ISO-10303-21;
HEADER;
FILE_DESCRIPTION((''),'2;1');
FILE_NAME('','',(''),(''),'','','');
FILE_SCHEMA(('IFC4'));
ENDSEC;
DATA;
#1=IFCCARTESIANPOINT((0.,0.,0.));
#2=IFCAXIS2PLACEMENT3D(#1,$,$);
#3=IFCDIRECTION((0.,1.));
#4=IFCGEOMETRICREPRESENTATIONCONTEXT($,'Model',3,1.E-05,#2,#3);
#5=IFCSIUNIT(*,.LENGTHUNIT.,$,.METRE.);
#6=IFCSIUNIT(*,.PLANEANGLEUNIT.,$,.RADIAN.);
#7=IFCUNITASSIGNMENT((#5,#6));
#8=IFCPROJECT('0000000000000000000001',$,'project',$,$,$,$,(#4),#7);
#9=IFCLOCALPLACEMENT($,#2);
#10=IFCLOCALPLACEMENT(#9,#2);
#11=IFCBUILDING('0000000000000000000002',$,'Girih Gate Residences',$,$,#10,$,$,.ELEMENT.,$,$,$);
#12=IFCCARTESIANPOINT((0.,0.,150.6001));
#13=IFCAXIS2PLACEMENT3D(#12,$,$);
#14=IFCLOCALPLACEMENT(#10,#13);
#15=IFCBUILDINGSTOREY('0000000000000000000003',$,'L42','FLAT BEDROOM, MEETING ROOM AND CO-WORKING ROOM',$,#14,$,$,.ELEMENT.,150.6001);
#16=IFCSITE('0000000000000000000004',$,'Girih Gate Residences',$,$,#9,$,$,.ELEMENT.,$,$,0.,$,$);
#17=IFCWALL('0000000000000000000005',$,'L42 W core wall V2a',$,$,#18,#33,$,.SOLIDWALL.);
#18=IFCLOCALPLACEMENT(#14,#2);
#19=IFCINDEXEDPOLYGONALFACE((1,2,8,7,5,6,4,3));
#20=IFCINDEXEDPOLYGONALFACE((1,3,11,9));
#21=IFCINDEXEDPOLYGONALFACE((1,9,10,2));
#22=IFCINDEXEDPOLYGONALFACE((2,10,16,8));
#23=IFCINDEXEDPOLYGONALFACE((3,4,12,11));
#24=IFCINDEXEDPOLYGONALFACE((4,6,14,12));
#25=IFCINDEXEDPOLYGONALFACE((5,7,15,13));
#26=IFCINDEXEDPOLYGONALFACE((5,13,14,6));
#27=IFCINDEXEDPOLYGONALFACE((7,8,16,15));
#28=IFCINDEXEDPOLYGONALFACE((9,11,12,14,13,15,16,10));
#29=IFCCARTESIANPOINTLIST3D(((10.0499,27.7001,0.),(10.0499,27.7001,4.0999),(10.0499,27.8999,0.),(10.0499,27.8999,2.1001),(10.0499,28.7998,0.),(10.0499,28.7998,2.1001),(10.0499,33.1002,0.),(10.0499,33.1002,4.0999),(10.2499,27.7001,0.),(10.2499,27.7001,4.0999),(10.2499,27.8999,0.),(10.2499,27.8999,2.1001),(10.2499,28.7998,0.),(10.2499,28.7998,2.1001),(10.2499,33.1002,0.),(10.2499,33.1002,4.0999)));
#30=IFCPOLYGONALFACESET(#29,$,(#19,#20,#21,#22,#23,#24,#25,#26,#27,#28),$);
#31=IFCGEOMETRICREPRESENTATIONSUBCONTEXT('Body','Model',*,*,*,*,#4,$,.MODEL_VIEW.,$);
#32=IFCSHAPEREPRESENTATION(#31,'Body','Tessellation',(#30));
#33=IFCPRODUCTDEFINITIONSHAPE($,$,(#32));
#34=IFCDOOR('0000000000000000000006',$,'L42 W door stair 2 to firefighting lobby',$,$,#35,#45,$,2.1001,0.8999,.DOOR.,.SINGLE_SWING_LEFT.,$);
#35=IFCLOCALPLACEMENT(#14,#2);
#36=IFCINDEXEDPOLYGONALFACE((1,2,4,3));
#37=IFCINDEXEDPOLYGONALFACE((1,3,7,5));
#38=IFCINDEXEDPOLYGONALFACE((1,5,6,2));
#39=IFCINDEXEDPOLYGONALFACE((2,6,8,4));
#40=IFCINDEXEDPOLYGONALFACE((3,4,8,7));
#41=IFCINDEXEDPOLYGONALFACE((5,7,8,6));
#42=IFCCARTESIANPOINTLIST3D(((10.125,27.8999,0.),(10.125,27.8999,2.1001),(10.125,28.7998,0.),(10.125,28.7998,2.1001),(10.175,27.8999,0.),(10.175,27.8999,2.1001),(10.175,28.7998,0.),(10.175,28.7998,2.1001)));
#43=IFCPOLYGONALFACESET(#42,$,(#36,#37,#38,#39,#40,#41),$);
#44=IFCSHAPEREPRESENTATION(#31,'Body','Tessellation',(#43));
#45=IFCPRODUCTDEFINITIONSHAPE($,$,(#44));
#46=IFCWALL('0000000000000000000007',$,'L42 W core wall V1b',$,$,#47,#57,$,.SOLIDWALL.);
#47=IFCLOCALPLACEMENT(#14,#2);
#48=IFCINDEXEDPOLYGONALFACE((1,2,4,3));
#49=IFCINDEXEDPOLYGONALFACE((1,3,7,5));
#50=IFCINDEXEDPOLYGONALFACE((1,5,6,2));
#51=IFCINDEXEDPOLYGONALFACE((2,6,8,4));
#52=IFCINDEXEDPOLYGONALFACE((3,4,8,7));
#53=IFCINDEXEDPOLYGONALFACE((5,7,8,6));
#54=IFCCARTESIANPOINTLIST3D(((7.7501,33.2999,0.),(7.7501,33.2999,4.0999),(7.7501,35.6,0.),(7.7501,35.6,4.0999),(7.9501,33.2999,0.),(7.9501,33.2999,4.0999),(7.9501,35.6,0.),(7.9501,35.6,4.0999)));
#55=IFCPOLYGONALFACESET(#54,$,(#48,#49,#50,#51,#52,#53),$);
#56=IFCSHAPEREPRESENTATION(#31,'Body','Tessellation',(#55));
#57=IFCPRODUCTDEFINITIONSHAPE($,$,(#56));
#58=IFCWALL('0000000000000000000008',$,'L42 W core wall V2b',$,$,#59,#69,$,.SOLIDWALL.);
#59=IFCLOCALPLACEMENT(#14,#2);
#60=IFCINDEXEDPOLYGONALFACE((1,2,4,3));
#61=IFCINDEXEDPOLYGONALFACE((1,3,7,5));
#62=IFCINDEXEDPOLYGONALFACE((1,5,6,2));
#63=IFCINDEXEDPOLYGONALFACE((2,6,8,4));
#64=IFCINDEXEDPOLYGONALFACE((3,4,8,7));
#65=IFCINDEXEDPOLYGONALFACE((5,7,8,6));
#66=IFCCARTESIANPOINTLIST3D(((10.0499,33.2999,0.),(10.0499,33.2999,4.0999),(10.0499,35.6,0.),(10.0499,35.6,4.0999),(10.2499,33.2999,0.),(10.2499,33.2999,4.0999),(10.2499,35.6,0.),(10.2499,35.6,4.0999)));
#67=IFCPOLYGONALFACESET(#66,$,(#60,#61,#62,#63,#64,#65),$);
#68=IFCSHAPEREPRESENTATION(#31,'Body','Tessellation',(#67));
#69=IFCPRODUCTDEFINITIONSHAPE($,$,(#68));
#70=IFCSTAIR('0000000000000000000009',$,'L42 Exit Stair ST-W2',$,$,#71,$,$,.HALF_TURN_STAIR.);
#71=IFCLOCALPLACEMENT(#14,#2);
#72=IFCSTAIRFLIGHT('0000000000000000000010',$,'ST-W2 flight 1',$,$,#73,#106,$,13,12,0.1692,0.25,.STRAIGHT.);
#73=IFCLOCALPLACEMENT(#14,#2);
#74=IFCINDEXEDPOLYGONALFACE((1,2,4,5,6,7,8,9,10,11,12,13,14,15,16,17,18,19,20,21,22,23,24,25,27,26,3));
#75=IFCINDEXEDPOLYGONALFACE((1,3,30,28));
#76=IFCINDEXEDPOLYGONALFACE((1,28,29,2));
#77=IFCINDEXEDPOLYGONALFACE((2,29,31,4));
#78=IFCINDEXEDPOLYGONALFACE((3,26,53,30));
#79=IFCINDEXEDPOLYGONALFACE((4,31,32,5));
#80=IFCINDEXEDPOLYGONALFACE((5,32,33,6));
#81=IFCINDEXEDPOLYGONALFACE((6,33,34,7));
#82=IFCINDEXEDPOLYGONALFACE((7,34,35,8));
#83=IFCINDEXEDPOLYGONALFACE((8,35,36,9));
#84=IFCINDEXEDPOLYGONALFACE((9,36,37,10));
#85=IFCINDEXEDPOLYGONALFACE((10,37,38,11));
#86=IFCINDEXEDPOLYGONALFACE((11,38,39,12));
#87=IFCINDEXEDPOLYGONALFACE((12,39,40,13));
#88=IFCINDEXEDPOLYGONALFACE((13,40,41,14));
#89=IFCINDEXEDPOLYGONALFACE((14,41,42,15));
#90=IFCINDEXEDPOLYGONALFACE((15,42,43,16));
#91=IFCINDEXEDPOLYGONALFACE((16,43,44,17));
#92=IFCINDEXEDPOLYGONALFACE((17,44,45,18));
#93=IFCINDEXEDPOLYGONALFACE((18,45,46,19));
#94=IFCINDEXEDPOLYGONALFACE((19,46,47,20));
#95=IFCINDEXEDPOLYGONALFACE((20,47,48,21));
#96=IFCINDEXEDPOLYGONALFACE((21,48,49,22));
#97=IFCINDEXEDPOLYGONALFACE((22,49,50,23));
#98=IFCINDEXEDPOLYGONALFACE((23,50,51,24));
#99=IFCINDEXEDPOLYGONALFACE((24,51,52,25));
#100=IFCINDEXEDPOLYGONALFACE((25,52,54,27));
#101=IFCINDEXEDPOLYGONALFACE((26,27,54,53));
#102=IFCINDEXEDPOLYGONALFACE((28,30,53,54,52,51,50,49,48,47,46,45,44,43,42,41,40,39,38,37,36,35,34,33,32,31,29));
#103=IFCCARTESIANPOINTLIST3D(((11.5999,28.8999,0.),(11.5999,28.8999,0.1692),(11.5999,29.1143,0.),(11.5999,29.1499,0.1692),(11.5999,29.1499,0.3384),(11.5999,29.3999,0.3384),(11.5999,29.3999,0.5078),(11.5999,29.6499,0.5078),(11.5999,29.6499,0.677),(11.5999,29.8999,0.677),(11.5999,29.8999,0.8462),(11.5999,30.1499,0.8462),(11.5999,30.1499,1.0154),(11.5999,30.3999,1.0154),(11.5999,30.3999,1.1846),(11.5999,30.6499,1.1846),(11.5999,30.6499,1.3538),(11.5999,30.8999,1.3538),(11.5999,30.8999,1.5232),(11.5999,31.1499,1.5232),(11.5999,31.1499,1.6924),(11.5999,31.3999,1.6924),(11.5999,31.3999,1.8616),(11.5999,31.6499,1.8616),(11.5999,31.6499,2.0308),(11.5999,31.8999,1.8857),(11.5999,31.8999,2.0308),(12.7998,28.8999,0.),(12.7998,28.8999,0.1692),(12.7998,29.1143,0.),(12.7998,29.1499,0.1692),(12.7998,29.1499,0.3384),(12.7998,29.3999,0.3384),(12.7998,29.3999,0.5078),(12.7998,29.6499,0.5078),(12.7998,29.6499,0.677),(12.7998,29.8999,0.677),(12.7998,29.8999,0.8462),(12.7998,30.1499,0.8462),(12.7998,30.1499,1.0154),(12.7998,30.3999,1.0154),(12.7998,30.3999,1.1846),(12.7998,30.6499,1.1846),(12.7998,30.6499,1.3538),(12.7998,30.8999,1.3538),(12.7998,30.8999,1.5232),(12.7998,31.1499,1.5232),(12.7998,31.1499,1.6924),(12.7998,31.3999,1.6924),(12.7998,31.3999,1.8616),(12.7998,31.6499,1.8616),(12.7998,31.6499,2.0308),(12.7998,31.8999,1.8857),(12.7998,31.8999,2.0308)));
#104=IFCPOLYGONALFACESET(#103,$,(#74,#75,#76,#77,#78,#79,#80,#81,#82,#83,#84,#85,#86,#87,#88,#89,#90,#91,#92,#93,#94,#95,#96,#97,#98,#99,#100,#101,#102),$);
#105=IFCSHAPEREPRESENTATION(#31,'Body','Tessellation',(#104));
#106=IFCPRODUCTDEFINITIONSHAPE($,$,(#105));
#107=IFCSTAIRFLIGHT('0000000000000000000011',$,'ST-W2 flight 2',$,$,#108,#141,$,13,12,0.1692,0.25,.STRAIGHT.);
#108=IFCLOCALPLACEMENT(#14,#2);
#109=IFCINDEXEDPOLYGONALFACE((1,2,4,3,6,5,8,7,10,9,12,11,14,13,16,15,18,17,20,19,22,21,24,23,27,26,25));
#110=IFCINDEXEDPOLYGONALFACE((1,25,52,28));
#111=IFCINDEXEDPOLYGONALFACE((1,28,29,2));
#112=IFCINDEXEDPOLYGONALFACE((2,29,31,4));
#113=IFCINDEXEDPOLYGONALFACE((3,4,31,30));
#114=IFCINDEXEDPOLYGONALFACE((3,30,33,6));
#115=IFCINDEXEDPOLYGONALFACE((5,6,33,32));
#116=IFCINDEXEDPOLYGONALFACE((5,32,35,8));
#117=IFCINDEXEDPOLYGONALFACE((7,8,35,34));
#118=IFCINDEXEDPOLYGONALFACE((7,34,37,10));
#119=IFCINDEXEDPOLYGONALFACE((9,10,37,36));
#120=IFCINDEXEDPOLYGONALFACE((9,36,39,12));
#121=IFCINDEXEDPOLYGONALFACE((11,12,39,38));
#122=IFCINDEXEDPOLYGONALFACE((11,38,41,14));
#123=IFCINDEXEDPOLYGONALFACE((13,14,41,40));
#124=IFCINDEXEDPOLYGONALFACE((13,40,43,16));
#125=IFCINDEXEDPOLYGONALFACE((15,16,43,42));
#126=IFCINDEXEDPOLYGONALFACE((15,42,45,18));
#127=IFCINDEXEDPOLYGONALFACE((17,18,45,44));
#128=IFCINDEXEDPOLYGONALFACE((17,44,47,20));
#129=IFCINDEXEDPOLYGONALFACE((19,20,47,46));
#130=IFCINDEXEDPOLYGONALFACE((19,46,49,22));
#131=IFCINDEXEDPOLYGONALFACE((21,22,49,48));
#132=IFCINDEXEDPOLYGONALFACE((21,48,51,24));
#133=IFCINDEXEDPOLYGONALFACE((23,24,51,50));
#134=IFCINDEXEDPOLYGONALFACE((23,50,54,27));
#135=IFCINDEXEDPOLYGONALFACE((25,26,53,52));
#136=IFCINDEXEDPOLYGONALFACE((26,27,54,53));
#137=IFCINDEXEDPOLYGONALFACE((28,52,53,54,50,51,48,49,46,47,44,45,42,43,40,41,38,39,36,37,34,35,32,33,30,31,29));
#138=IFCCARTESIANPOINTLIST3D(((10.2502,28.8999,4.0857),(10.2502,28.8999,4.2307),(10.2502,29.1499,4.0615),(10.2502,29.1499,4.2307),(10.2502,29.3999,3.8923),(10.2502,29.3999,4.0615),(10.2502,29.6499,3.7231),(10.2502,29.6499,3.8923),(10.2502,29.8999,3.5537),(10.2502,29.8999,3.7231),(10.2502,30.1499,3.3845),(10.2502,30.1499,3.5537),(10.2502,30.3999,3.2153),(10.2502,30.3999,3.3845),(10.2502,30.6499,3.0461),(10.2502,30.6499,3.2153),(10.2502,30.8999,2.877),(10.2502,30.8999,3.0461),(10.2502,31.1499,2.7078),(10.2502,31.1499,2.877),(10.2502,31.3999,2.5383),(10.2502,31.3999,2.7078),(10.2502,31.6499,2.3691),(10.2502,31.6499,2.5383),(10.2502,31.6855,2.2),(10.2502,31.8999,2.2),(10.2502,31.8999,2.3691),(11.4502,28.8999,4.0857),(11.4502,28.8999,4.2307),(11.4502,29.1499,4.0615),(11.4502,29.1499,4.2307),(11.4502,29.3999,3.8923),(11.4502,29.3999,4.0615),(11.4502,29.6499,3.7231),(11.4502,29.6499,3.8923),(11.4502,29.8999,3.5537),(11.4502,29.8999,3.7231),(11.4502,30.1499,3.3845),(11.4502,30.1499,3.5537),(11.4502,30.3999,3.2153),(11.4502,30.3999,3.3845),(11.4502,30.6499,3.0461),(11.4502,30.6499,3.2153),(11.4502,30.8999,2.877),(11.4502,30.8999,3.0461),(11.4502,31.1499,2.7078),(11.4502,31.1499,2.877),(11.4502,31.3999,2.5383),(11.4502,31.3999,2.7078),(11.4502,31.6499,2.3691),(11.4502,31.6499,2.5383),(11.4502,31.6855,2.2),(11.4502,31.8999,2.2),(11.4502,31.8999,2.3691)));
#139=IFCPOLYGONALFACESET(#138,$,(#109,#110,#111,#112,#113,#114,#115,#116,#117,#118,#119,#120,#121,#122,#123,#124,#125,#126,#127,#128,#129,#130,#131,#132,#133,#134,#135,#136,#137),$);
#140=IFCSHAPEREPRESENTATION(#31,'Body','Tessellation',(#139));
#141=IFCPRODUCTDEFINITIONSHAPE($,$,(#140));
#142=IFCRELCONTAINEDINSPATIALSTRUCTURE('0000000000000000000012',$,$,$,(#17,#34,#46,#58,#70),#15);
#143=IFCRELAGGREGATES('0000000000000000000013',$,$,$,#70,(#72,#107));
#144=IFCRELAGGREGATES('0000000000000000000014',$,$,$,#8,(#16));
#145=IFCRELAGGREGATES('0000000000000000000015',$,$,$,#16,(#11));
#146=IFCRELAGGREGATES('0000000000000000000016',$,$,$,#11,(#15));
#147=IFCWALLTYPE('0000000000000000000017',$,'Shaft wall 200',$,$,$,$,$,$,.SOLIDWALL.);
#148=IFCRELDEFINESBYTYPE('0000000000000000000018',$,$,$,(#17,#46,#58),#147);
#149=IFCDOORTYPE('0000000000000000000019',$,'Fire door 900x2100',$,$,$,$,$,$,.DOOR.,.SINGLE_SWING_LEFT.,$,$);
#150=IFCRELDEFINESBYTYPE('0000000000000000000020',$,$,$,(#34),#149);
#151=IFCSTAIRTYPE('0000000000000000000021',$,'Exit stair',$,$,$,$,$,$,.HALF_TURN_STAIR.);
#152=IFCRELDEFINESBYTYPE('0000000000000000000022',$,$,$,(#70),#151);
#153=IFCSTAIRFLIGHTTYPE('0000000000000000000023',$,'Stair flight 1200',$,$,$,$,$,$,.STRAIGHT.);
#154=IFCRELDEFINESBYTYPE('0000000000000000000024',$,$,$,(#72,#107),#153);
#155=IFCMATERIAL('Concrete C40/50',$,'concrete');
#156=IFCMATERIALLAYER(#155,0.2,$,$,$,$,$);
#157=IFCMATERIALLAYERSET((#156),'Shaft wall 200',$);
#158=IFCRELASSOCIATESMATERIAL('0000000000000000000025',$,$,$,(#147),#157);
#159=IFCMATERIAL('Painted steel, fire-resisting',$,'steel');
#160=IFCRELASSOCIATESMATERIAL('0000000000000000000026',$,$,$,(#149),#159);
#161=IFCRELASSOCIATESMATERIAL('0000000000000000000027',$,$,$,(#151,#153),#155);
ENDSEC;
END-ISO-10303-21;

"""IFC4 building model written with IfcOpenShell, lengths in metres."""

from ifc_helpers import new_model, si_unit, direction, frame, frame_2d, origin, place, context, subcontext, project, spatial, polyline, rectangle, outline, extrude, material, layer, layer_set, type_object, element, fill, aggregate, save


model = new_model("IFC4")

# Units and contexts
model_context = context("Model", 3, precision=1e-05, world=origin(), true_north=direction((0.0, 1.0)))
body_context = subcontext(model_context, "Body", "Model", "MODEL_VIEW")
ifc_project = project(units=[si_unit("LENGTHUNIT", "METRE"), si_unit("PLANEANGLEUNIT", "RADIAN")], contexts=[model_context])

# Site, building, storey
site_placement = place(None, origin())
site = spatial("IfcSite", under=ifc_project, at=site_placement, Name="Girih Gate Residences", CompositionType="ELEMENT", RefElevation=0.0)
building_placement = place(site_placement, origin())
building = spatial("IfcBuilding", under=site, at=building_placement, Name="Girih Gate Residences", CompositionType="ELEMENT")
storey_placement = place(building_placement, frame((0.0, 0.0, 150.6001)))
storey = spatial("IfcBuildingStorey", under=building, at=storey_placement, Name="L42", Description="FLAT BEDROOM, MEETING ROOM AND CO-WORKING ROOM", CompositionType="ELEMENT", Elevation=150.6001)

# Shared definitions
ifc_material_1 = material(Name="Painted steel, fire-resisting", Category="steel")

# Wall, opening, door
ifc_material_2 = material(Name="Concrete C40/50", Category="concrete")
ifc_layer_1 = layer(ifc_material_2, 0.2)
ifc_layer_set_1 = layer_set([ifc_layer_1], Name="Shaft wall 200")
wall_type_1 = type_object("IfcWallType", Name="Shaft wall 200", PredefinedType="SOLIDWALL", material=ifc_layer_set_1)
wall_1_placement = place(storey_placement, frame((10.1499, 27.7, 0.0), z_axis=(0.0, 0.0, 1.0), x_axis=(0.0, 1.0, 0.0)))
wall_1 = element("IfcWall", 1, at=wall_1_placement, inside=storey, type_object=wall_type_1, Name="L42 W core wall V2a", PredefinedType="SOLIDWALL", context=body_context, shape_type="SweptSolid", body=[
    extrude(rectangle(XDim=5.4001, YDim=0.2, at=frame_2d((2.7002, 0.0))), origin(), (0.0, 0.0, 1.0), 4.0999),
])
opening_1_placement = place(wall_1_placement, frame((0.2, 0.0, 0.0)))
opening_1 = element("IfcOpeningElement", 2, at=opening_1_placement, cuts=wall_1, PredefinedType="OPENING", context=body_context, shape_type="SweptSolid", body=[
    extrude(rectangle(XDim=0.8999, YDim=2.1001, at=frame_2d((0.45, 1.05))), frame((0.0, 0.1099, 0.0), z_axis=(0.0, -1.0, 0.0), x_axis=(1.0, 0.0, 0.0)), (0.0, 0.0, 1.0), 0.22),
])
door_type_1 = type_object("IfcDoorType", Name="Fire door 900x2100", OperationType="SINGLE_SWING_LEFT", PredefinedType="DOOR", material=ifc_material_1)
door_1_placement = place(opening_1_placement, origin())
door_1 = element("IfcDoor", 3, at=door_1_placement, inside=storey, type_object=door_type_1, Name="L42 W door stair 2 to firefighting lobby", OperationType="SINGLE_SWING_LEFT", OverallHeight=2.1001, OverallWidth=0.8999, PredefinedType="DOOR", context=body_context, shape_type="SweptSolid", body=[
    extrude(rectangle(XDim=0.8999, YDim=2.1001, at=frame_2d((0.45, 1.05))), frame((0.0, 0.0249, 0.0), z_axis=(0.0, -1.0, 0.0), x_axis=(1.0, 0.0, 0.0)), (0.0, 0.0, 1.0), 0.05),
])
fill(opening_1, door_1)

# Walls
for number, where, z_axis, x_axis, name in (
    (4, (7.8501, 33.3, 0.0), (0.0, 0.0, 1.0), (0.0, 1.0, 0.0), "L42 W core wall V1b"),
    (5, (10.1499, 33.3, 0.0), (0.0, 0.0, 1.0), (0.0, 1.0, 0.0), "L42 W core wall V2b"),
):
    element("IfcWall", number, at=place(storey_placement, frame(where, z_axis=z_axis, x_axis=x_axis)), inside=storey, type_object=wall_type_1, Name=name, PredefinedType="SOLIDWALL", context=body_context, shape_type="SweptSolid", body=[
        extrude(rectangle(XDim=2.3, YDim=0.2, at=frame_2d((1.1499, 0.0))), origin(), (0.0, 0.0, 1.0), 4.0999),
    ])

# Stair, stair flights
stair_type = type_object("IfcStairType", Name="Exit stair", PredefinedType="HALF_TURN_STAIR", material=ifc_material_2)
stair_placement = place(storey_placement, origin())
stair = element("IfcStair", 6, at=stair_placement, inside=storey, type_object=stair_type, Name="L42 Exit Stair ST-W2", PredefinedType="HALF_TURN_STAIR")
stair_flight_type = type_object("IfcStairFlightType", Name="Stair flight 1200", PredefinedType="STRAIGHT", material=ifc_material_2)
stair_flight_1_placement = place(storey_placement, frame((12.2, 28.8999, 0.0), z_axis=(0.0, 0.0, 1.0), x_axis=(0.0, 1.0, 0.0)))
stair_flight_1 = element("IfcStairFlight", 7, at=stair_flight_1_placement, type_object=stair_flight_type, Name="ST-W2 flight 1", NumberOfRisers=13, NumberOfTreads=12, PredefinedType="STRAIGHT", RiserHeight=0.1692, TreadLength=0.25, context=body_context, shape_type="SweptSolid", body=[
    extrude(outline(polyline([(0.0, 0.0), (0.0, 0.1692), (0.25, 0.1692), (0.25, 0.3384), (0.5, 0.3384), (0.5, 0.5078), (0.75, 0.5078), (0.75, 0.677), (1.0, 0.677), (1.0, 0.8462), (1.25, 0.8462), (1.25, 1.0154), (1.5, 1.0154), (1.5, 1.1846), (1.75, 1.1846), (1.75, 1.3538), (2.0, 1.3538), (2.0, 1.5232), (2.25, 1.5232), (2.25, 1.6924), (2.5, 1.6924), (2.5, 1.8616), (2.75, 1.8616), (2.75, 2.0308), (3.0, 2.0308), (3.0, 2.2), (3.0, 1.8857), (0.2144, 0.0), (0.0, 0.0)])), frame((0.0, 0.6001, 0.0), z_axis=(0.0, -1.0, 0.0), x_axis=(1.0, 0.0, 0.0)), (0.0, 0.0, 1.0), 1.2),
])
stair_flight_2_placement = place(storey_placement, frame((10.8501, 31.8999, 2.2), z_axis=(0.0, 0.0, 1.0), x_axis=(0.0, -1.0, 0.0)))
stair_flight_2 = element("IfcStairFlight", 8, at=stair_flight_2_placement, type_object=stair_flight_type, Name="ST-W2 flight 2", NumberOfRisers=13, NumberOfTreads=12, PredefinedType="STRAIGHT", RiserHeight=0.1692, TreadLength=0.25, context=body_context, shape_type="SweptSolid", body=[
    extrude(outline(polyline([(0.0, 0.0), (0.0, 0.1692), (0.25, 0.1692), (0.25, 0.3384), (0.5, 0.3384), (0.5, 0.5078), (0.75, 0.5078), (0.75, 0.677), (1.0, 0.677), (1.0, 0.8462), (1.25, 0.8462), (1.25, 1.0154), (1.5, 1.0154), (1.5, 1.1846), (1.75, 1.1846), (1.75, 1.3538), (2.0, 1.3538), (2.0, 1.5232), (2.25, 1.5232), (2.25, 1.6924), (2.5, 1.6924), (2.5, 1.8616), (2.75, 1.8616), (2.75, 2.0308), (3.0, 2.0308), (3.0, 2.2), (3.0, 1.8857), (0.2144, 0.0), (0.0, 0.0)])), frame((0.0, 0.6001, 0.0), z_axis=(0.0, -1.0, 0.0), x_axis=(1.0, 0.0, 0.0)), (0.0, 0.0, 1.0), 1.2),
])
aggregate(stair, [stair_flight_1, stair_flight_2])

save(model, "model.ifc")
